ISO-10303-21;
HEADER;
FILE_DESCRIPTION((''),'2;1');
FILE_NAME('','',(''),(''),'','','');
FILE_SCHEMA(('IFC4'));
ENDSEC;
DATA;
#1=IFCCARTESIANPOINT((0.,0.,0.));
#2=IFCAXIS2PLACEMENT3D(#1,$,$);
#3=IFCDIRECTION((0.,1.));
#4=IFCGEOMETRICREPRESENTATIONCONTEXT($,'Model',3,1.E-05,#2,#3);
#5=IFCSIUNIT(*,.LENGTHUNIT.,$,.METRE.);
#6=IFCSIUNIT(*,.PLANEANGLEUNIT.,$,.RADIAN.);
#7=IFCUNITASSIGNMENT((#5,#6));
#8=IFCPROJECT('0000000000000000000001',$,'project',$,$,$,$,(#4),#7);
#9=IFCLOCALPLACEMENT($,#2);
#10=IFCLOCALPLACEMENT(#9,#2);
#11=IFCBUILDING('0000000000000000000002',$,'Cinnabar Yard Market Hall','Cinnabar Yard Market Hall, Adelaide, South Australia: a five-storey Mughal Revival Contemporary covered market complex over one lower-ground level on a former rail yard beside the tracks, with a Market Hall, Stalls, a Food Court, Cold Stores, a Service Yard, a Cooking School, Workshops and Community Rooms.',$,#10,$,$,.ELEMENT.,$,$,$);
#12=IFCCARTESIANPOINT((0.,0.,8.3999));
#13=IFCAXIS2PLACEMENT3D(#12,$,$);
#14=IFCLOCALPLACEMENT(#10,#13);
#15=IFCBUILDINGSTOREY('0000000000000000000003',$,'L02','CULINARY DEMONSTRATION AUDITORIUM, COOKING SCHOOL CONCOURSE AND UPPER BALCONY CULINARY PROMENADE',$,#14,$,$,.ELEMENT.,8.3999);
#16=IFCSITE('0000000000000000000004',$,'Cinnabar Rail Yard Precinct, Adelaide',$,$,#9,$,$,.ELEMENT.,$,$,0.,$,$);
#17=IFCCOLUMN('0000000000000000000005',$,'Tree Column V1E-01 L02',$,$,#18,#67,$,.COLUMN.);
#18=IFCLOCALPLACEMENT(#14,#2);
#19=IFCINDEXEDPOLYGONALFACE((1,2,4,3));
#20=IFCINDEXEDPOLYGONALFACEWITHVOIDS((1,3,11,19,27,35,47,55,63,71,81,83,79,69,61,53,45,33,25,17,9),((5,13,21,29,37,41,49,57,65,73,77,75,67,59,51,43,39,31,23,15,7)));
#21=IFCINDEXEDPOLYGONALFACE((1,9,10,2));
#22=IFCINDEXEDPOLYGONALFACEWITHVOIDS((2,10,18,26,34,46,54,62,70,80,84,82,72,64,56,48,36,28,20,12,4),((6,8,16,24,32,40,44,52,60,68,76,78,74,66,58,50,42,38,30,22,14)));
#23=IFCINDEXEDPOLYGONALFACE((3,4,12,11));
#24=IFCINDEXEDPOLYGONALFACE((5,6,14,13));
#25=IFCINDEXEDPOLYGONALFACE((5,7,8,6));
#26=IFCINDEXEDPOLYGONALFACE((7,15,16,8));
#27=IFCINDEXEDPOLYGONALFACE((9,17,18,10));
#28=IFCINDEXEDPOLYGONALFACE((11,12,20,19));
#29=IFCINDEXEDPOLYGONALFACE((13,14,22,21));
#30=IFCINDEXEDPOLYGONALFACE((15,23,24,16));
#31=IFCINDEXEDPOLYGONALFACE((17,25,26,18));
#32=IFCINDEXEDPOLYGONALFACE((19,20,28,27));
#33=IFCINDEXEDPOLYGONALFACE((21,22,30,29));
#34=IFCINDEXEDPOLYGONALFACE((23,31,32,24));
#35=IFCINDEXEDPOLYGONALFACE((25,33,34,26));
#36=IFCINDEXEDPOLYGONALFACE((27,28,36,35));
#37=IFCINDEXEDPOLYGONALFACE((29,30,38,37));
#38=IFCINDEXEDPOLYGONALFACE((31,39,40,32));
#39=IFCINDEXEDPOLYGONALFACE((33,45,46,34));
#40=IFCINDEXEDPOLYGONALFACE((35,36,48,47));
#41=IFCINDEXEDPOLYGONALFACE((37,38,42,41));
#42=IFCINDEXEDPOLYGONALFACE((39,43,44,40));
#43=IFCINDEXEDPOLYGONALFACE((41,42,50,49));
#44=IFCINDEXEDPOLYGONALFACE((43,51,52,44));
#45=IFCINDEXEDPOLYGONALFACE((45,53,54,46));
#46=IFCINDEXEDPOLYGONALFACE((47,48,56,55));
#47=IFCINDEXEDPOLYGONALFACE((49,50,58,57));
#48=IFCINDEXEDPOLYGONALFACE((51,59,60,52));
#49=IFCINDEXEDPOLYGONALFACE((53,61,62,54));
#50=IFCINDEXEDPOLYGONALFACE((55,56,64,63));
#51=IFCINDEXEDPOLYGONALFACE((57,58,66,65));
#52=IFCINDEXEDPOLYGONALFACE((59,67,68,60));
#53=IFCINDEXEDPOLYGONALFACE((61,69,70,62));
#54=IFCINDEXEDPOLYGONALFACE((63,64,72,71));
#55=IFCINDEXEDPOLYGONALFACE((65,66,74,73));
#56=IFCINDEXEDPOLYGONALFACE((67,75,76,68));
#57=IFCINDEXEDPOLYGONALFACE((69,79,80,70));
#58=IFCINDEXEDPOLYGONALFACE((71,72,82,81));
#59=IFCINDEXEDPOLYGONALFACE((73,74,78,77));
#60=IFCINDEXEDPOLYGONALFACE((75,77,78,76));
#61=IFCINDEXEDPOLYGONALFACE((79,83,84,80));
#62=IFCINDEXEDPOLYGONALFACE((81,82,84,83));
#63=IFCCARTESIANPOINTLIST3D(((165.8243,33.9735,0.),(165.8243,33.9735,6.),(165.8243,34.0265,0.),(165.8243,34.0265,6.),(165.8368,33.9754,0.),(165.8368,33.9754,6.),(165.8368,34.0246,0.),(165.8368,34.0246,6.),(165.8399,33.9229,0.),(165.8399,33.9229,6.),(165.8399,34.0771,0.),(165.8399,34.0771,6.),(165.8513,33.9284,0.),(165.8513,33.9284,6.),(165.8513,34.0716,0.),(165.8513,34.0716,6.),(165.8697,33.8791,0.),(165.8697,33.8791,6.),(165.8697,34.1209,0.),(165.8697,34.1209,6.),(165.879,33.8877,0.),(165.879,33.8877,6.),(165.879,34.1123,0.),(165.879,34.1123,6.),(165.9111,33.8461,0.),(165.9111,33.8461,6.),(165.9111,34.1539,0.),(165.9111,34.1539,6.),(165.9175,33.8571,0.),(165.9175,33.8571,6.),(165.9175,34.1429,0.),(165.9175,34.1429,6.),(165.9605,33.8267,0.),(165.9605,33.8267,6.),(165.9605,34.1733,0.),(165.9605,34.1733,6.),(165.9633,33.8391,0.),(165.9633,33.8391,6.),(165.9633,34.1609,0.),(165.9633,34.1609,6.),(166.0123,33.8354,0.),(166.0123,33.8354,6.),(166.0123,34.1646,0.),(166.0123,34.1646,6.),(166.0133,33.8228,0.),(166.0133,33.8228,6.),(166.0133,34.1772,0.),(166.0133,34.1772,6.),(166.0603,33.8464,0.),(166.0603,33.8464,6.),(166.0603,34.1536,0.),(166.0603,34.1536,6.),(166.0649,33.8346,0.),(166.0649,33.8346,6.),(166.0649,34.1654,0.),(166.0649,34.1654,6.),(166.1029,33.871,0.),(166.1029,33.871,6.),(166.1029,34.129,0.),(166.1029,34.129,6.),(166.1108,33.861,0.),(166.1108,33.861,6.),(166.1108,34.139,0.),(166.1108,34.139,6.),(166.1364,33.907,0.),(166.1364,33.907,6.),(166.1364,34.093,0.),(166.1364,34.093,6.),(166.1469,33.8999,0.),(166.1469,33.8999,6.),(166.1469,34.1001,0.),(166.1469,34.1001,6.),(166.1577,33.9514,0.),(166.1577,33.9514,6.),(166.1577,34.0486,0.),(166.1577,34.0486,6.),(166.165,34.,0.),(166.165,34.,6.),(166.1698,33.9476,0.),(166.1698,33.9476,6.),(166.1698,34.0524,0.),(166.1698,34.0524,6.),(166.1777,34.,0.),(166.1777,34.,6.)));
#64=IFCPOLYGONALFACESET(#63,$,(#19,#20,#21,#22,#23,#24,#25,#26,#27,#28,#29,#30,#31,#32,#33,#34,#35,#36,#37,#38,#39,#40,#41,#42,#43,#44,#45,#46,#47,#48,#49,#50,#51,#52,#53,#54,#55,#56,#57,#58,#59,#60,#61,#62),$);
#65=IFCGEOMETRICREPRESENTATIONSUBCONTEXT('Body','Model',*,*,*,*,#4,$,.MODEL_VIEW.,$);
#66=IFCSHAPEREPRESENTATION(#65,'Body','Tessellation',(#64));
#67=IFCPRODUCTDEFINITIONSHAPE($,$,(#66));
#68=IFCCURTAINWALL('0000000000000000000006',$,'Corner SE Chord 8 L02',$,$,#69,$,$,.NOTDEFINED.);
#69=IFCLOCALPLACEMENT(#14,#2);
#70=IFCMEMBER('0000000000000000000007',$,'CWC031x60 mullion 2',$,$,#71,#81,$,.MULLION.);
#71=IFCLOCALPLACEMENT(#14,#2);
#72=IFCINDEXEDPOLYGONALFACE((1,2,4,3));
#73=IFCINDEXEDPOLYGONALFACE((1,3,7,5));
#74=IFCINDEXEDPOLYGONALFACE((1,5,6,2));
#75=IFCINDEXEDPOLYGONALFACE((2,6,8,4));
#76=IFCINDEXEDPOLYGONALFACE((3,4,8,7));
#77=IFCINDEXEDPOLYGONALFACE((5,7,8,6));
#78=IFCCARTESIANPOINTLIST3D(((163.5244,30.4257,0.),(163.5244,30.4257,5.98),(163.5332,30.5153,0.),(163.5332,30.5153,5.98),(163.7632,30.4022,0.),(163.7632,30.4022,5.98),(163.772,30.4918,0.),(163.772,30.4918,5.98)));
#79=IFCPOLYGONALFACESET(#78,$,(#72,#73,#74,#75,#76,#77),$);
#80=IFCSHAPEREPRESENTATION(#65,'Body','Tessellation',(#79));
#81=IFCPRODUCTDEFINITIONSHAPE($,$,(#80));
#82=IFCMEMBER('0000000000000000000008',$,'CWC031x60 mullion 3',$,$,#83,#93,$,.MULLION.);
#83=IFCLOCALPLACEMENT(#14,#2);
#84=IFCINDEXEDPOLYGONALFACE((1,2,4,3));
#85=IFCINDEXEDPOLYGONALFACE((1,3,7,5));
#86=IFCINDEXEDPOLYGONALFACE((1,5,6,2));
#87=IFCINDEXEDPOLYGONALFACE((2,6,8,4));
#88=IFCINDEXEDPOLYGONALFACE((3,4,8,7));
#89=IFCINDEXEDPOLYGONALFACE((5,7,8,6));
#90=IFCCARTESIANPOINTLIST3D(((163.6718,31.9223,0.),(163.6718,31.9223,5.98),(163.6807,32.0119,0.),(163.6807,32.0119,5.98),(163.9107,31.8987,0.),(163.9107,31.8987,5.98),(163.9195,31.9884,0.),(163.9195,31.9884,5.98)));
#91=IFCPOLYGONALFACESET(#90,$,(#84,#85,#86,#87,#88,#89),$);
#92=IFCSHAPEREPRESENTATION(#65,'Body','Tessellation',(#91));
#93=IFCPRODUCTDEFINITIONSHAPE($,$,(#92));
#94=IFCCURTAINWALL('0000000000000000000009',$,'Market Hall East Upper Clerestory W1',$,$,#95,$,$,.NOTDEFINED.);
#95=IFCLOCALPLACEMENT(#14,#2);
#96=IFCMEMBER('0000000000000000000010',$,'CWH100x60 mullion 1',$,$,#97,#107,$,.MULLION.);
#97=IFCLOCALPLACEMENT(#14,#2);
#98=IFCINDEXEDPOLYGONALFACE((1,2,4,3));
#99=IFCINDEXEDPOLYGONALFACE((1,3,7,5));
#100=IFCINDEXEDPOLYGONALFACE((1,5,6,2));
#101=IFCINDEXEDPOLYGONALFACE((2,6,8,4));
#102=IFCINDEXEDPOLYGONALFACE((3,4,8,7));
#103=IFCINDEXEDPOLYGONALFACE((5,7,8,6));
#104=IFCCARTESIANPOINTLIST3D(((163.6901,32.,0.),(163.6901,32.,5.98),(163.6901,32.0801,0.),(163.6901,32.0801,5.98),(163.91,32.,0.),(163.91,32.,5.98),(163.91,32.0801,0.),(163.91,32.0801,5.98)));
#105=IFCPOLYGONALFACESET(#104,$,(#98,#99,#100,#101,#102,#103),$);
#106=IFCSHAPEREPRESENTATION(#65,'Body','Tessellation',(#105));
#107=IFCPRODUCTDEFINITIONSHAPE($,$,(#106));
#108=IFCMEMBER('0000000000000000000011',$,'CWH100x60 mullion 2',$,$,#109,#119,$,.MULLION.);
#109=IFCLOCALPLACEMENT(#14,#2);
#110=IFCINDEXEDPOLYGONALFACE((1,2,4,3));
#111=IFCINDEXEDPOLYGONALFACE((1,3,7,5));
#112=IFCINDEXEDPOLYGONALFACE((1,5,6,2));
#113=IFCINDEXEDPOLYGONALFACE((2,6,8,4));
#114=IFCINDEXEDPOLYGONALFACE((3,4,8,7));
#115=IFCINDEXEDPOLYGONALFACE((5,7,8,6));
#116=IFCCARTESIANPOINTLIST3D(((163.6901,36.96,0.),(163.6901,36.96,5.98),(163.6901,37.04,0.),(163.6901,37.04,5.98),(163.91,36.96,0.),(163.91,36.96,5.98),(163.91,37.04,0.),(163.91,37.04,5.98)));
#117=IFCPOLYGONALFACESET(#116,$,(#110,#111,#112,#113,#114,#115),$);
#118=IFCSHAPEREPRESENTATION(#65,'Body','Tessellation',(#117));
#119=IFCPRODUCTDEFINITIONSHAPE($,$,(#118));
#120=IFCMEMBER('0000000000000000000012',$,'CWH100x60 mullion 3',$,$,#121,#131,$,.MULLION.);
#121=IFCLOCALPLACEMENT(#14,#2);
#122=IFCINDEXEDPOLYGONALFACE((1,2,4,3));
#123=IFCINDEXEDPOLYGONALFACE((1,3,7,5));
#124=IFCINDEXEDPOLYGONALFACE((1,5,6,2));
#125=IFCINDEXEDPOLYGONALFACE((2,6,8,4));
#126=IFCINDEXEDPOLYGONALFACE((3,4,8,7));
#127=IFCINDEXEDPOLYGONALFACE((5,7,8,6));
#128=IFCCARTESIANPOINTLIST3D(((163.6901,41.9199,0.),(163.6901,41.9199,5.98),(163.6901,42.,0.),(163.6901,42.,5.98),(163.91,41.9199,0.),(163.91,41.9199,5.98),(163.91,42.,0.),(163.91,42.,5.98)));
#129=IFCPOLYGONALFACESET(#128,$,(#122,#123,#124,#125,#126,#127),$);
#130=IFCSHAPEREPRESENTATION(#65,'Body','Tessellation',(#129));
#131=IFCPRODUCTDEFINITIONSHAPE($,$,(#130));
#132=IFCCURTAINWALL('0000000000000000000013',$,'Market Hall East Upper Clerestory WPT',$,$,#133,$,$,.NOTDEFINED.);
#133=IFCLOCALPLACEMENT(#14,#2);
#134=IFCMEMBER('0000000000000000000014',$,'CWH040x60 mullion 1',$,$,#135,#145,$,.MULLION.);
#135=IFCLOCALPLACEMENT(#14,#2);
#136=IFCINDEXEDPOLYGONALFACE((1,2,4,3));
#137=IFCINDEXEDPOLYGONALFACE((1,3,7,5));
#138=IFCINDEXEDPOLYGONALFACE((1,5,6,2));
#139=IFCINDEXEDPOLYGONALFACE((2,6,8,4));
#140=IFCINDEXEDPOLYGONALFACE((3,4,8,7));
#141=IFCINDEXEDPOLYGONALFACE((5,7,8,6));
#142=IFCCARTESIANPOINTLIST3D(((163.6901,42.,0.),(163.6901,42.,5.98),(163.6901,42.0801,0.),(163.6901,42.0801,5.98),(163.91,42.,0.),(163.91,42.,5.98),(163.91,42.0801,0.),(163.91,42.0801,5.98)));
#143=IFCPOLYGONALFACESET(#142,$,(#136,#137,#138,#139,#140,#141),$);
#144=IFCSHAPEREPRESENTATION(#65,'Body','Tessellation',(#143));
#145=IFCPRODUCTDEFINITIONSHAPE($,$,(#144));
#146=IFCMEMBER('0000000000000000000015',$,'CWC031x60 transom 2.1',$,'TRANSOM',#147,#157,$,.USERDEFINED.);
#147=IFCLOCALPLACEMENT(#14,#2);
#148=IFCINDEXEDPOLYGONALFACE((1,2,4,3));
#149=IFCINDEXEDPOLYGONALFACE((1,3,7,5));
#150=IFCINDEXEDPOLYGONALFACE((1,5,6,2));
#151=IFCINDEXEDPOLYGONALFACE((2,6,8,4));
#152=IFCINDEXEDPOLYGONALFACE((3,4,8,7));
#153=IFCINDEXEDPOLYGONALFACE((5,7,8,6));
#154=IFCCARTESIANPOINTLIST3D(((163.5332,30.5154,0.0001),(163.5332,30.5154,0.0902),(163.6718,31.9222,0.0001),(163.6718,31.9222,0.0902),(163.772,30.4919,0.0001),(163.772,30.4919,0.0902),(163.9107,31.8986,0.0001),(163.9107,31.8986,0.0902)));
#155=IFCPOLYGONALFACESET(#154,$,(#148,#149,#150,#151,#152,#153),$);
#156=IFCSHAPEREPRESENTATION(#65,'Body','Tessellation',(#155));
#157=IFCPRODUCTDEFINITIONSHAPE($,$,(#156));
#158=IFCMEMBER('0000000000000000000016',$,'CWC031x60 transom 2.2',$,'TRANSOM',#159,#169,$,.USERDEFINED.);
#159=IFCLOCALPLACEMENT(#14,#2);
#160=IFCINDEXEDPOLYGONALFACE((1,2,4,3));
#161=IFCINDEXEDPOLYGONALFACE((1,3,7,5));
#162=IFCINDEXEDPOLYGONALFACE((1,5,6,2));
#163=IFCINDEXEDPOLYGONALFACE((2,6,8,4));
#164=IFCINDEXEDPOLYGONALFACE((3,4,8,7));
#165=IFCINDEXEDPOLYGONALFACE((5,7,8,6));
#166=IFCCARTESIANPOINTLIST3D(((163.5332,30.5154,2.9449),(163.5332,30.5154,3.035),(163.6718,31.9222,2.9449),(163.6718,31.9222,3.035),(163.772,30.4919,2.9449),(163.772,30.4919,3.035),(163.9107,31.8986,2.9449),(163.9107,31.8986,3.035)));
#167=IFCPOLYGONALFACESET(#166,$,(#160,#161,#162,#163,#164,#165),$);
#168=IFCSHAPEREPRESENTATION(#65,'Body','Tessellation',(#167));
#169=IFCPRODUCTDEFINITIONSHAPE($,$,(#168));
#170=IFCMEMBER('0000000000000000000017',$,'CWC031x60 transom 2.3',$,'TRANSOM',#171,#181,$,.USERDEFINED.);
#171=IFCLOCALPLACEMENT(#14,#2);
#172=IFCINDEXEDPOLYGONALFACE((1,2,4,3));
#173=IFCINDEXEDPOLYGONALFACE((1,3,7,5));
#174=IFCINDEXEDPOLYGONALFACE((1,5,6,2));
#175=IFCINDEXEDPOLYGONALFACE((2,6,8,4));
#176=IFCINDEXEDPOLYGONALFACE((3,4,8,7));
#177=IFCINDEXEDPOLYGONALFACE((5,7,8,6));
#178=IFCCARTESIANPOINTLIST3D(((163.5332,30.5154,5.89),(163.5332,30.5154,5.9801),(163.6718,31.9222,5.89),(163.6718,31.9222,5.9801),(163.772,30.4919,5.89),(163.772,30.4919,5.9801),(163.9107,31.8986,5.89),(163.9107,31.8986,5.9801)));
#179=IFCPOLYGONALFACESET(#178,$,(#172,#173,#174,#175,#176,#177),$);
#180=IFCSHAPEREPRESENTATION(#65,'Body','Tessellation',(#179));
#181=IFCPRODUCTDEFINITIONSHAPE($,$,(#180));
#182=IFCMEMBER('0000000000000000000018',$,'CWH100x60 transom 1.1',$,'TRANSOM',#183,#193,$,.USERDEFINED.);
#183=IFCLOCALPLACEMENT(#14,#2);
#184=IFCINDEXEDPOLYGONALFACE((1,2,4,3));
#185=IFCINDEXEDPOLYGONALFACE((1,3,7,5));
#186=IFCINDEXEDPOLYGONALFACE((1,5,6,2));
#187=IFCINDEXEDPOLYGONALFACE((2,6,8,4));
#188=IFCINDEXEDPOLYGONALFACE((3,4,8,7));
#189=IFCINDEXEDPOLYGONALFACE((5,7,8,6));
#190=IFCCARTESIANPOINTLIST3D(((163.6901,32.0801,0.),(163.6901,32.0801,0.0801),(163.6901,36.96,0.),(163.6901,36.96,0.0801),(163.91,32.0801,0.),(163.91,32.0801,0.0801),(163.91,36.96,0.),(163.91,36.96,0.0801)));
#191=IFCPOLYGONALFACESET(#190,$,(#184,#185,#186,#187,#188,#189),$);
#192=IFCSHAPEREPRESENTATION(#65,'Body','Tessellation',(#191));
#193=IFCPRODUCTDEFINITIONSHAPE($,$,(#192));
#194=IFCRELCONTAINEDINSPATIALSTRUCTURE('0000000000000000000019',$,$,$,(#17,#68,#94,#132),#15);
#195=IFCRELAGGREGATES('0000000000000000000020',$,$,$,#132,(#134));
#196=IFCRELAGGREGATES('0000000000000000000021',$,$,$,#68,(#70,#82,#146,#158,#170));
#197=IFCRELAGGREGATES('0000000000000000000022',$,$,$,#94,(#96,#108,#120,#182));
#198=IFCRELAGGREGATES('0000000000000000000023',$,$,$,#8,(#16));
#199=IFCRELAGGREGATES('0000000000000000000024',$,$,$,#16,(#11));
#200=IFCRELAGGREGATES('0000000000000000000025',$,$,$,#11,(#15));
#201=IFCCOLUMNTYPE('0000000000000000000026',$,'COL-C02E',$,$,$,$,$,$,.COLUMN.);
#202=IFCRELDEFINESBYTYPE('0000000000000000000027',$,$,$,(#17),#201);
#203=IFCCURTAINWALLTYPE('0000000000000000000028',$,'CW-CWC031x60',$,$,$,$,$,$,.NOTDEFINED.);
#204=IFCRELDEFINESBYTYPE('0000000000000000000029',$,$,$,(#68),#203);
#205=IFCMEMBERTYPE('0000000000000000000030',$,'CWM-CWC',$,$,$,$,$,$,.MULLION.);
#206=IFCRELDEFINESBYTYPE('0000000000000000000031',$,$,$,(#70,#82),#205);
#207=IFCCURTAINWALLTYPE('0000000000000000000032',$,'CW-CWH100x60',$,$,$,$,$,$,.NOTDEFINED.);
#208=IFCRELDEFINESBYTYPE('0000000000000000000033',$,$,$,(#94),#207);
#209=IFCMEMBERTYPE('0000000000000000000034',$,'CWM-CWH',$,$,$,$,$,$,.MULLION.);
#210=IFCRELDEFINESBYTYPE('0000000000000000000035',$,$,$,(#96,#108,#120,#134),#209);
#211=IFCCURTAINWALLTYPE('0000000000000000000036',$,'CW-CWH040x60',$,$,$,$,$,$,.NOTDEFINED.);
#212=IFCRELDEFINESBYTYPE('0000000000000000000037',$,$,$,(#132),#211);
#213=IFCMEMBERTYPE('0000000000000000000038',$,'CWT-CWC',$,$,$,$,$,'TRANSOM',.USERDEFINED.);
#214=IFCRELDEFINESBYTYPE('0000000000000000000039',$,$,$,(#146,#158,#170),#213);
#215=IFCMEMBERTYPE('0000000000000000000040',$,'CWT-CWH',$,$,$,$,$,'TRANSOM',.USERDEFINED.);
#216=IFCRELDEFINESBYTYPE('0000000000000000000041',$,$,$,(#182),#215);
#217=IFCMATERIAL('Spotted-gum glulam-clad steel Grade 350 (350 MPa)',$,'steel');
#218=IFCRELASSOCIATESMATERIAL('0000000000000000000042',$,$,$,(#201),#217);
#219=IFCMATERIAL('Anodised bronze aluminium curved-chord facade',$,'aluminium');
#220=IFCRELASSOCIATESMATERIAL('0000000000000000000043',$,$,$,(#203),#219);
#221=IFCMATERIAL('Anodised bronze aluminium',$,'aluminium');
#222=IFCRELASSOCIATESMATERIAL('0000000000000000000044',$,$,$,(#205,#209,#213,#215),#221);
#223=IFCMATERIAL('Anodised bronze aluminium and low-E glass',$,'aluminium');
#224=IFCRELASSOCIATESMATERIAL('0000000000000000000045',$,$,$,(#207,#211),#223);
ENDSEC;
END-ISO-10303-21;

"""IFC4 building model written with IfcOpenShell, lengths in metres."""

from ifc_helpers import new_model, si_unit, direction, frame, origin, origin_2d_with_axis, place, context, subcontext, project, spatial, rectangle, hollow_circle, extrude, material, material_profile, profile_set, type_object, element, aggregate, save


model = new_model("IFC4")

# Units and contexts
model_context = context("Model", 3, precision=1e-05, world=origin(), true_north=direction((0.0, 1.0)))
body_context = subcontext(model_context, "Body", "Model", "MODEL_VIEW")
ifc_project = project(units=[si_unit("LENGTHUNIT", "METRE"), si_unit("PLANEANGLEUNIT", "RADIAN")], contexts=[model_context])

# Site, building, storey
site_placement = place(None, origin())
site = spatial("IfcSite", under=ifc_project, at=site_placement, Name="Cinnabar Rail Yard Precinct, Adelaide", CompositionType="ELEMENT", RefElevation=0.0)
building_placement = place(site_placement, origin())
building = spatial("IfcBuilding", under=site, at=building_placement, Name="Cinnabar Yard Market Hall", Description="Cinnabar Yard Market Hall, Adelaide, South Australia: a five-storey Mughal Revival Contemporary covered market complex over one lower-ground level on a former rail yard beside the tracks, with a Market Hall, Stalls, a Food Court, Cold Stores, a Service Yard, a Cooking School, Workshops and Community Rooms.", CompositionType="ELEMENT")
storey_placement = place(building_placement, frame((0.0, 0.0, 8.3999)))
storey = spatial("IfcBuildingStorey", under=building, at=storey_placement, Name="L02", Description="CULINARY DEMONSTRATION AUDITORIUM, COOKING SCHOOL CONCOURSE AND UPPER BALCONY CULINARY PROMENADE", CompositionType="ELEMENT", Elevation=8.3999)

# Column
ifc_material_1 = material(Name="Spotted-gum glulam-clad steel Grade 350 (350 MPa)", Category="steel")
ifc_material_profile_1 = material_profile(ifc_material_1, hollow_circle(Radius=0.1777, WallThickness=0.0127, at=origin_2d_with_axis()), Name="355.6x12.7CHS")
ifc_profile_set_1 = profile_set([ifc_material_profile_1], Name="Spotted-gum glulam-clad steel Grade 350 (350 MPa)")
column_type = type_object("IfcColumnType", Name="COL-C02E", PredefinedType="COLUMN", material=ifc_profile_set_1)
column_placement = place(storey_placement, frame((166.0, 34.0, 0.0), z_axis=(0.0, 0.0, 1.0), x_axis=(1.0, 0.0, 0.0)))
element("IfcColumn", 1, at=column_placement, inside=storey, type_object=column_type, Name="Tree Column V1E-01 L02", PredefinedType="COLUMN", context=body_context, shape_type="SweptSolid", body=[
    extrude(hollow_circle(Radius=0.1777, WallThickness=0.0127, at=origin_2d_with_axis()), origin(), (0.0, 0.0, 1.0), 6.0),
])

# Curtain walls, members
ifc_material_2 = material(Name="Anodised bronze aluminium curved-chord facade", Category="aluminium")
curtain_wall_type_1 = type_object("IfcCurtainWallType", Name="CW-CWC031x60", PredefinedType="NOTDEFINED", material=ifc_material_2)
curtain_wall_1_placement = place(storey_placement, origin())
curtain_wall_1 = element("IfcCurtainWall", 2, at=curtain_wall_1_placement, inside=storey, type_object=curtain_wall_type_1, Name="Corner SE Chord 8 L02", PredefinedType="NOTDEFINED")
ifc_material_3 = material(Name="Anodised bronze aluminium", Category="aluminium")
ifc_material_profile_2 = material_profile(ifc_material_3, rectangle(XDim=0.24, YDim=0.0901, at=origin_2d_with_axis()), Name="MUL-CWC")
ifc_profile_set_2 = profile_set([ifc_material_profile_2], Name="Anodised bronze aluminium")
member_type_1 = type_object("IfcMemberType", Name="CWM-CWC", PredefinedType="MULLION", material=ifc_profile_set_2)
member_1_placement = place(storey_placement, frame((163.6482, 30.4587, 0.0), z_axis=(0.0, 0.0, 1.0), x_axis=(-0.995184, 0.09802, 0.0)))
member_1 = element("IfcMember", 3, at=member_1_placement, type_object=member_type_1, Name="CWC031x60 mullion 2", PredefinedType="MULLION", context=body_context, shape_type="SweptSolid", body=[
    extrude(rectangle(XDim=0.24, YDim=0.0901, at=origin_2d_with_axis()), origin(), (0.0, 0.0, 1.0), 5.98),
])
member_2_placement = place(storey_placement, frame((163.7957, 31.9553, 0.0), z_axis=(0.0, 0.0, 1.0), x_axis=(-0.995184, 0.09802, 0.0)))
member_2 = element("IfcMember", 4, at=member_2_placement, type_object=member_type_1, Name="CWC031x60 mullion 3", PredefinedType="MULLION", context=body_context, shape_type="SweptSolid", body=[
    extrude(rectangle(XDim=0.24, YDim=0.0901, at=origin_2d_with_axis()), origin(), (0.0, 0.0, 1.0), 5.98),
])
ifc_material_4 = material(Name="Anodised bronze aluminium and low-E glass", Category="aluminium")
curtain_wall_type_2 = type_object("IfcCurtainWallType", Name="CW-CWH100x60", PredefinedType="NOTDEFINED", material=ifc_material_4)
curtain_wall_2_placement = place(storey_placement, origin())
curtain_wall_2 = element("IfcCurtainWall", 5, at=curtain_wall_2_placement, inside=storey, type_object=curtain_wall_type_2, Name="Market Hall East Upper Clerestory W1", PredefinedType="NOTDEFINED")
ifc_material_profile_3 = material_profile(ifc_material_3, rectangle(XDim=0.22, YDim=0.0801, at=origin_2d_with_axis()), Name="MUL-CWH")
ifc_profile_set_3 = profile_set([ifc_material_profile_3], Name="Anodised bronze aluminium")
member_type_2 = type_object("IfcMemberType", Name="CWM-CWH", PredefinedType="MULLION", material=ifc_profile_set_3)
member_3_placement = place(storey_placement, frame((163.8, 32.04, 0.0), z_axis=(0.0, 0.0, 1.0), x_axis=(-1.0, 0.0, 0.0)))
member_3 = element("IfcMember", 6, at=member_3_placement, type_object=member_type_2, Name="CWH100x60 mullion 1", PredefinedType="MULLION", context=body_context, shape_type="SweptSolid", body=[
    extrude(rectangle(XDim=0.22, YDim=0.0801, at=origin_2d_with_axis()), origin(), (0.0, 0.0, 1.0), 5.98),
])
member_4_placement = place(storey_placement, frame((163.8, 37.0, 0.0), z_axis=(0.0, 0.0, 1.0), x_axis=(-1.0, 0.0, 0.0)))
member_4 = element("IfcMember", 7, at=member_4_placement, type_object=member_type_2, Name="CWH100x60 mullion 2", PredefinedType="MULLION", context=body_context, shape_type="SweptSolid", body=[
    extrude(rectangle(XDim=0.22, YDim=0.0801, at=origin_2d_with_axis()), origin(), (0.0, 0.0, 1.0), 5.98),
])
member_5_placement = place(storey_placement, frame((163.8, 41.96, 0.0), z_axis=(0.0, 0.0, 1.0), x_axis=(-1.0, 0.0, 0.0)))
member_5 = element("IfcMember", 8, at=member_5_placement, type_object=member_type_2, Name="CWH100x60 mullion 3", PredefinedType="MULLION", context=body_context, shape_type="SweptSolid", body=[
    extrude(rectangle(XDim=0.22, YDim=0.0801, at=origin_2d_with_axis()), origin(), (0.0, 0.0, 1.0), 5.98),
])

# Curtain wall, member
curtain_wall_type_3 = type_object("IfcCurtainWallType", Name="CW-CWH040x60", PredefinedType="NOTDEFINED", material=ifc_material_4)
curtain_wall_3_placement = place(storey_placement, origin())
curtain_wall_3 = element("IfcCurtainWall", 9, at=curtain_wall_3_placement, inside=storey, type_object=curtain_wall_type_3, Name="Market Hall East Upper Clerestory WPT", PredefinedType="NOTDEFINED")
member_6_placement = place(storey_placement, frame((163.8, 42.04, 0.0), z_axis=(0.0, 0.0, 1.0), x_axis=(-1.0, 0.0, 0.0)))
member_6 = element("IfcMember", 10, at=member_6_placement, type_object=member_type_2, Name="CWH040x60 mullion 1", PredefinedType="MULLION", context=body_context, shape_type="SweptSolid", body=[
    extrude(rectangle(XDim=0.22, YDim=0.0801, at=origin_2d_with_axis()), origin(), (0.0, 0.0, 1.0), 5.98),
])

# Members
ifc_material_profile_4 = material_profile(ifc_material_3, rectangle(XDim=0.24, YDim=0.0901, at=origin_2d_with_axis()), Name="TRN-CWC")
ifc_profile_set_4 = profile_set([ifc_material_profile_4], Name="Anodised bronze aluminium")
member_type_3 = type_object("IfcMemberType", Name="CWT-CWC", ElementType="TRANSOM", PredefinedType="USERDEFINED", material=ifc_profile_set_4)
member_7_placement = place(storey_placement, frame((163.6526, 30.5037, 0.0452), z_axis=(0.098101, 0.995176, 0.0), x_axis=(-0.995176, 0.098101, 0.0)))
member_7 = element("IfcMember", 11, at=member_7_placement, type_object=member_type_3, Name="CWC031x60 transom 2.1", ObjectType="TRANSOM", PredefinedType="USERDEFINED", context=body_context, shape_type="SweptSolid", body=[
    extrude(rectangle(XDim=0.24, YDim=0.0901, at=origin_2d_with_axis()), origin(), (0.0, 0.0, 1.0), 1.4136),
])
member_8_placement = place(storey_placement, frame((163.6526, 30.5037, 2.99), z_axis=(0.098101, 0.995176, 0.0), x_axis=(-0.995176, 0.098101, 0.0)))
member_8 = element("IfcMember", 12, at=member_8_placement, type_object=member_type_3, Name="CWC031x60 transom 2.2", ObjectType="TRANSOM", PredefinedType="USERDEFINED", context=body_context, shape_type="SweptSolid", body=[
    extrude(rectangle(XDim=0.24, YDim=0.0901, at=origin_2d_with_axis()), origin(), (0.0, 0.0, 1.0), 1.4136),
])
member_9_placement = place(storey_placement, frame((163.6526, 30.5037, 5.9351), z_axis=(0.098101, 0.995176, 0.0), x_axis=(-0.995176, 0.098101, 0.0)))
member_9 = element("IfcMember", 13, at=member_9_placement, type_object=member_type_3, Name="CWC031x60 transom 2.3", ObjectType="TRANSOM", PredefinedType="USERDEFINED", context=body_context, shape_type="SweptSolid", body=[
    extrude(rectangle(XDim=0.24, YDim=0.0901, at=origin_2d_with_axis()), origin(), (0.0, 0.0, 1.0), 1.4136),
])
ifc_material_profile_5 = material_profile(ifc_material_3, rectangle(XDim=0.22, YDim=0.0801, at=origin_2d_with_axis()), Name="TRN-CWH")
ifc_profile_set_5 = profile_set([ifc_material_profile_5], Name="Anodised bronze aluminium")
member_type_4 = type_object("IfcMemberType", Name="CWT-CWH", ElementType="TRANSOM", PredefinedType="USERDEFINED", material=ifc_profile_set_5)
member_10_placement = place(storey_placement, frame((163.8, 32.0801, 0.04), z_axis=(0.0, 1.0, 0.0), x_axis=(-1.0, 0.0, 0.0)))
member_10 = element("IfcMember", 14, at=member_10_placement, type_object=member_type_4, Name="CWH100x60 transom 1.1", ObjectType="TRANSOM", PredefinedType="USERDEFINED", context=body_context, shape_type="SweptSolid", body=[
    extrude(rectangle(XDim=0.22, YDim=0.0801, at=origin_2d_with_axis()), origin(), (0.0, 0.0, 1.0), 4.8799),
])
aggregate(curtain_wall_3, [member_6])

aggregate(curtain_wall_1, [member_1, member_2, member_7, member_8, member_9])
aggregate(curtain_wall_2, [member_3, member_4, member_5, member_10])

save(model, "model.ifc")
